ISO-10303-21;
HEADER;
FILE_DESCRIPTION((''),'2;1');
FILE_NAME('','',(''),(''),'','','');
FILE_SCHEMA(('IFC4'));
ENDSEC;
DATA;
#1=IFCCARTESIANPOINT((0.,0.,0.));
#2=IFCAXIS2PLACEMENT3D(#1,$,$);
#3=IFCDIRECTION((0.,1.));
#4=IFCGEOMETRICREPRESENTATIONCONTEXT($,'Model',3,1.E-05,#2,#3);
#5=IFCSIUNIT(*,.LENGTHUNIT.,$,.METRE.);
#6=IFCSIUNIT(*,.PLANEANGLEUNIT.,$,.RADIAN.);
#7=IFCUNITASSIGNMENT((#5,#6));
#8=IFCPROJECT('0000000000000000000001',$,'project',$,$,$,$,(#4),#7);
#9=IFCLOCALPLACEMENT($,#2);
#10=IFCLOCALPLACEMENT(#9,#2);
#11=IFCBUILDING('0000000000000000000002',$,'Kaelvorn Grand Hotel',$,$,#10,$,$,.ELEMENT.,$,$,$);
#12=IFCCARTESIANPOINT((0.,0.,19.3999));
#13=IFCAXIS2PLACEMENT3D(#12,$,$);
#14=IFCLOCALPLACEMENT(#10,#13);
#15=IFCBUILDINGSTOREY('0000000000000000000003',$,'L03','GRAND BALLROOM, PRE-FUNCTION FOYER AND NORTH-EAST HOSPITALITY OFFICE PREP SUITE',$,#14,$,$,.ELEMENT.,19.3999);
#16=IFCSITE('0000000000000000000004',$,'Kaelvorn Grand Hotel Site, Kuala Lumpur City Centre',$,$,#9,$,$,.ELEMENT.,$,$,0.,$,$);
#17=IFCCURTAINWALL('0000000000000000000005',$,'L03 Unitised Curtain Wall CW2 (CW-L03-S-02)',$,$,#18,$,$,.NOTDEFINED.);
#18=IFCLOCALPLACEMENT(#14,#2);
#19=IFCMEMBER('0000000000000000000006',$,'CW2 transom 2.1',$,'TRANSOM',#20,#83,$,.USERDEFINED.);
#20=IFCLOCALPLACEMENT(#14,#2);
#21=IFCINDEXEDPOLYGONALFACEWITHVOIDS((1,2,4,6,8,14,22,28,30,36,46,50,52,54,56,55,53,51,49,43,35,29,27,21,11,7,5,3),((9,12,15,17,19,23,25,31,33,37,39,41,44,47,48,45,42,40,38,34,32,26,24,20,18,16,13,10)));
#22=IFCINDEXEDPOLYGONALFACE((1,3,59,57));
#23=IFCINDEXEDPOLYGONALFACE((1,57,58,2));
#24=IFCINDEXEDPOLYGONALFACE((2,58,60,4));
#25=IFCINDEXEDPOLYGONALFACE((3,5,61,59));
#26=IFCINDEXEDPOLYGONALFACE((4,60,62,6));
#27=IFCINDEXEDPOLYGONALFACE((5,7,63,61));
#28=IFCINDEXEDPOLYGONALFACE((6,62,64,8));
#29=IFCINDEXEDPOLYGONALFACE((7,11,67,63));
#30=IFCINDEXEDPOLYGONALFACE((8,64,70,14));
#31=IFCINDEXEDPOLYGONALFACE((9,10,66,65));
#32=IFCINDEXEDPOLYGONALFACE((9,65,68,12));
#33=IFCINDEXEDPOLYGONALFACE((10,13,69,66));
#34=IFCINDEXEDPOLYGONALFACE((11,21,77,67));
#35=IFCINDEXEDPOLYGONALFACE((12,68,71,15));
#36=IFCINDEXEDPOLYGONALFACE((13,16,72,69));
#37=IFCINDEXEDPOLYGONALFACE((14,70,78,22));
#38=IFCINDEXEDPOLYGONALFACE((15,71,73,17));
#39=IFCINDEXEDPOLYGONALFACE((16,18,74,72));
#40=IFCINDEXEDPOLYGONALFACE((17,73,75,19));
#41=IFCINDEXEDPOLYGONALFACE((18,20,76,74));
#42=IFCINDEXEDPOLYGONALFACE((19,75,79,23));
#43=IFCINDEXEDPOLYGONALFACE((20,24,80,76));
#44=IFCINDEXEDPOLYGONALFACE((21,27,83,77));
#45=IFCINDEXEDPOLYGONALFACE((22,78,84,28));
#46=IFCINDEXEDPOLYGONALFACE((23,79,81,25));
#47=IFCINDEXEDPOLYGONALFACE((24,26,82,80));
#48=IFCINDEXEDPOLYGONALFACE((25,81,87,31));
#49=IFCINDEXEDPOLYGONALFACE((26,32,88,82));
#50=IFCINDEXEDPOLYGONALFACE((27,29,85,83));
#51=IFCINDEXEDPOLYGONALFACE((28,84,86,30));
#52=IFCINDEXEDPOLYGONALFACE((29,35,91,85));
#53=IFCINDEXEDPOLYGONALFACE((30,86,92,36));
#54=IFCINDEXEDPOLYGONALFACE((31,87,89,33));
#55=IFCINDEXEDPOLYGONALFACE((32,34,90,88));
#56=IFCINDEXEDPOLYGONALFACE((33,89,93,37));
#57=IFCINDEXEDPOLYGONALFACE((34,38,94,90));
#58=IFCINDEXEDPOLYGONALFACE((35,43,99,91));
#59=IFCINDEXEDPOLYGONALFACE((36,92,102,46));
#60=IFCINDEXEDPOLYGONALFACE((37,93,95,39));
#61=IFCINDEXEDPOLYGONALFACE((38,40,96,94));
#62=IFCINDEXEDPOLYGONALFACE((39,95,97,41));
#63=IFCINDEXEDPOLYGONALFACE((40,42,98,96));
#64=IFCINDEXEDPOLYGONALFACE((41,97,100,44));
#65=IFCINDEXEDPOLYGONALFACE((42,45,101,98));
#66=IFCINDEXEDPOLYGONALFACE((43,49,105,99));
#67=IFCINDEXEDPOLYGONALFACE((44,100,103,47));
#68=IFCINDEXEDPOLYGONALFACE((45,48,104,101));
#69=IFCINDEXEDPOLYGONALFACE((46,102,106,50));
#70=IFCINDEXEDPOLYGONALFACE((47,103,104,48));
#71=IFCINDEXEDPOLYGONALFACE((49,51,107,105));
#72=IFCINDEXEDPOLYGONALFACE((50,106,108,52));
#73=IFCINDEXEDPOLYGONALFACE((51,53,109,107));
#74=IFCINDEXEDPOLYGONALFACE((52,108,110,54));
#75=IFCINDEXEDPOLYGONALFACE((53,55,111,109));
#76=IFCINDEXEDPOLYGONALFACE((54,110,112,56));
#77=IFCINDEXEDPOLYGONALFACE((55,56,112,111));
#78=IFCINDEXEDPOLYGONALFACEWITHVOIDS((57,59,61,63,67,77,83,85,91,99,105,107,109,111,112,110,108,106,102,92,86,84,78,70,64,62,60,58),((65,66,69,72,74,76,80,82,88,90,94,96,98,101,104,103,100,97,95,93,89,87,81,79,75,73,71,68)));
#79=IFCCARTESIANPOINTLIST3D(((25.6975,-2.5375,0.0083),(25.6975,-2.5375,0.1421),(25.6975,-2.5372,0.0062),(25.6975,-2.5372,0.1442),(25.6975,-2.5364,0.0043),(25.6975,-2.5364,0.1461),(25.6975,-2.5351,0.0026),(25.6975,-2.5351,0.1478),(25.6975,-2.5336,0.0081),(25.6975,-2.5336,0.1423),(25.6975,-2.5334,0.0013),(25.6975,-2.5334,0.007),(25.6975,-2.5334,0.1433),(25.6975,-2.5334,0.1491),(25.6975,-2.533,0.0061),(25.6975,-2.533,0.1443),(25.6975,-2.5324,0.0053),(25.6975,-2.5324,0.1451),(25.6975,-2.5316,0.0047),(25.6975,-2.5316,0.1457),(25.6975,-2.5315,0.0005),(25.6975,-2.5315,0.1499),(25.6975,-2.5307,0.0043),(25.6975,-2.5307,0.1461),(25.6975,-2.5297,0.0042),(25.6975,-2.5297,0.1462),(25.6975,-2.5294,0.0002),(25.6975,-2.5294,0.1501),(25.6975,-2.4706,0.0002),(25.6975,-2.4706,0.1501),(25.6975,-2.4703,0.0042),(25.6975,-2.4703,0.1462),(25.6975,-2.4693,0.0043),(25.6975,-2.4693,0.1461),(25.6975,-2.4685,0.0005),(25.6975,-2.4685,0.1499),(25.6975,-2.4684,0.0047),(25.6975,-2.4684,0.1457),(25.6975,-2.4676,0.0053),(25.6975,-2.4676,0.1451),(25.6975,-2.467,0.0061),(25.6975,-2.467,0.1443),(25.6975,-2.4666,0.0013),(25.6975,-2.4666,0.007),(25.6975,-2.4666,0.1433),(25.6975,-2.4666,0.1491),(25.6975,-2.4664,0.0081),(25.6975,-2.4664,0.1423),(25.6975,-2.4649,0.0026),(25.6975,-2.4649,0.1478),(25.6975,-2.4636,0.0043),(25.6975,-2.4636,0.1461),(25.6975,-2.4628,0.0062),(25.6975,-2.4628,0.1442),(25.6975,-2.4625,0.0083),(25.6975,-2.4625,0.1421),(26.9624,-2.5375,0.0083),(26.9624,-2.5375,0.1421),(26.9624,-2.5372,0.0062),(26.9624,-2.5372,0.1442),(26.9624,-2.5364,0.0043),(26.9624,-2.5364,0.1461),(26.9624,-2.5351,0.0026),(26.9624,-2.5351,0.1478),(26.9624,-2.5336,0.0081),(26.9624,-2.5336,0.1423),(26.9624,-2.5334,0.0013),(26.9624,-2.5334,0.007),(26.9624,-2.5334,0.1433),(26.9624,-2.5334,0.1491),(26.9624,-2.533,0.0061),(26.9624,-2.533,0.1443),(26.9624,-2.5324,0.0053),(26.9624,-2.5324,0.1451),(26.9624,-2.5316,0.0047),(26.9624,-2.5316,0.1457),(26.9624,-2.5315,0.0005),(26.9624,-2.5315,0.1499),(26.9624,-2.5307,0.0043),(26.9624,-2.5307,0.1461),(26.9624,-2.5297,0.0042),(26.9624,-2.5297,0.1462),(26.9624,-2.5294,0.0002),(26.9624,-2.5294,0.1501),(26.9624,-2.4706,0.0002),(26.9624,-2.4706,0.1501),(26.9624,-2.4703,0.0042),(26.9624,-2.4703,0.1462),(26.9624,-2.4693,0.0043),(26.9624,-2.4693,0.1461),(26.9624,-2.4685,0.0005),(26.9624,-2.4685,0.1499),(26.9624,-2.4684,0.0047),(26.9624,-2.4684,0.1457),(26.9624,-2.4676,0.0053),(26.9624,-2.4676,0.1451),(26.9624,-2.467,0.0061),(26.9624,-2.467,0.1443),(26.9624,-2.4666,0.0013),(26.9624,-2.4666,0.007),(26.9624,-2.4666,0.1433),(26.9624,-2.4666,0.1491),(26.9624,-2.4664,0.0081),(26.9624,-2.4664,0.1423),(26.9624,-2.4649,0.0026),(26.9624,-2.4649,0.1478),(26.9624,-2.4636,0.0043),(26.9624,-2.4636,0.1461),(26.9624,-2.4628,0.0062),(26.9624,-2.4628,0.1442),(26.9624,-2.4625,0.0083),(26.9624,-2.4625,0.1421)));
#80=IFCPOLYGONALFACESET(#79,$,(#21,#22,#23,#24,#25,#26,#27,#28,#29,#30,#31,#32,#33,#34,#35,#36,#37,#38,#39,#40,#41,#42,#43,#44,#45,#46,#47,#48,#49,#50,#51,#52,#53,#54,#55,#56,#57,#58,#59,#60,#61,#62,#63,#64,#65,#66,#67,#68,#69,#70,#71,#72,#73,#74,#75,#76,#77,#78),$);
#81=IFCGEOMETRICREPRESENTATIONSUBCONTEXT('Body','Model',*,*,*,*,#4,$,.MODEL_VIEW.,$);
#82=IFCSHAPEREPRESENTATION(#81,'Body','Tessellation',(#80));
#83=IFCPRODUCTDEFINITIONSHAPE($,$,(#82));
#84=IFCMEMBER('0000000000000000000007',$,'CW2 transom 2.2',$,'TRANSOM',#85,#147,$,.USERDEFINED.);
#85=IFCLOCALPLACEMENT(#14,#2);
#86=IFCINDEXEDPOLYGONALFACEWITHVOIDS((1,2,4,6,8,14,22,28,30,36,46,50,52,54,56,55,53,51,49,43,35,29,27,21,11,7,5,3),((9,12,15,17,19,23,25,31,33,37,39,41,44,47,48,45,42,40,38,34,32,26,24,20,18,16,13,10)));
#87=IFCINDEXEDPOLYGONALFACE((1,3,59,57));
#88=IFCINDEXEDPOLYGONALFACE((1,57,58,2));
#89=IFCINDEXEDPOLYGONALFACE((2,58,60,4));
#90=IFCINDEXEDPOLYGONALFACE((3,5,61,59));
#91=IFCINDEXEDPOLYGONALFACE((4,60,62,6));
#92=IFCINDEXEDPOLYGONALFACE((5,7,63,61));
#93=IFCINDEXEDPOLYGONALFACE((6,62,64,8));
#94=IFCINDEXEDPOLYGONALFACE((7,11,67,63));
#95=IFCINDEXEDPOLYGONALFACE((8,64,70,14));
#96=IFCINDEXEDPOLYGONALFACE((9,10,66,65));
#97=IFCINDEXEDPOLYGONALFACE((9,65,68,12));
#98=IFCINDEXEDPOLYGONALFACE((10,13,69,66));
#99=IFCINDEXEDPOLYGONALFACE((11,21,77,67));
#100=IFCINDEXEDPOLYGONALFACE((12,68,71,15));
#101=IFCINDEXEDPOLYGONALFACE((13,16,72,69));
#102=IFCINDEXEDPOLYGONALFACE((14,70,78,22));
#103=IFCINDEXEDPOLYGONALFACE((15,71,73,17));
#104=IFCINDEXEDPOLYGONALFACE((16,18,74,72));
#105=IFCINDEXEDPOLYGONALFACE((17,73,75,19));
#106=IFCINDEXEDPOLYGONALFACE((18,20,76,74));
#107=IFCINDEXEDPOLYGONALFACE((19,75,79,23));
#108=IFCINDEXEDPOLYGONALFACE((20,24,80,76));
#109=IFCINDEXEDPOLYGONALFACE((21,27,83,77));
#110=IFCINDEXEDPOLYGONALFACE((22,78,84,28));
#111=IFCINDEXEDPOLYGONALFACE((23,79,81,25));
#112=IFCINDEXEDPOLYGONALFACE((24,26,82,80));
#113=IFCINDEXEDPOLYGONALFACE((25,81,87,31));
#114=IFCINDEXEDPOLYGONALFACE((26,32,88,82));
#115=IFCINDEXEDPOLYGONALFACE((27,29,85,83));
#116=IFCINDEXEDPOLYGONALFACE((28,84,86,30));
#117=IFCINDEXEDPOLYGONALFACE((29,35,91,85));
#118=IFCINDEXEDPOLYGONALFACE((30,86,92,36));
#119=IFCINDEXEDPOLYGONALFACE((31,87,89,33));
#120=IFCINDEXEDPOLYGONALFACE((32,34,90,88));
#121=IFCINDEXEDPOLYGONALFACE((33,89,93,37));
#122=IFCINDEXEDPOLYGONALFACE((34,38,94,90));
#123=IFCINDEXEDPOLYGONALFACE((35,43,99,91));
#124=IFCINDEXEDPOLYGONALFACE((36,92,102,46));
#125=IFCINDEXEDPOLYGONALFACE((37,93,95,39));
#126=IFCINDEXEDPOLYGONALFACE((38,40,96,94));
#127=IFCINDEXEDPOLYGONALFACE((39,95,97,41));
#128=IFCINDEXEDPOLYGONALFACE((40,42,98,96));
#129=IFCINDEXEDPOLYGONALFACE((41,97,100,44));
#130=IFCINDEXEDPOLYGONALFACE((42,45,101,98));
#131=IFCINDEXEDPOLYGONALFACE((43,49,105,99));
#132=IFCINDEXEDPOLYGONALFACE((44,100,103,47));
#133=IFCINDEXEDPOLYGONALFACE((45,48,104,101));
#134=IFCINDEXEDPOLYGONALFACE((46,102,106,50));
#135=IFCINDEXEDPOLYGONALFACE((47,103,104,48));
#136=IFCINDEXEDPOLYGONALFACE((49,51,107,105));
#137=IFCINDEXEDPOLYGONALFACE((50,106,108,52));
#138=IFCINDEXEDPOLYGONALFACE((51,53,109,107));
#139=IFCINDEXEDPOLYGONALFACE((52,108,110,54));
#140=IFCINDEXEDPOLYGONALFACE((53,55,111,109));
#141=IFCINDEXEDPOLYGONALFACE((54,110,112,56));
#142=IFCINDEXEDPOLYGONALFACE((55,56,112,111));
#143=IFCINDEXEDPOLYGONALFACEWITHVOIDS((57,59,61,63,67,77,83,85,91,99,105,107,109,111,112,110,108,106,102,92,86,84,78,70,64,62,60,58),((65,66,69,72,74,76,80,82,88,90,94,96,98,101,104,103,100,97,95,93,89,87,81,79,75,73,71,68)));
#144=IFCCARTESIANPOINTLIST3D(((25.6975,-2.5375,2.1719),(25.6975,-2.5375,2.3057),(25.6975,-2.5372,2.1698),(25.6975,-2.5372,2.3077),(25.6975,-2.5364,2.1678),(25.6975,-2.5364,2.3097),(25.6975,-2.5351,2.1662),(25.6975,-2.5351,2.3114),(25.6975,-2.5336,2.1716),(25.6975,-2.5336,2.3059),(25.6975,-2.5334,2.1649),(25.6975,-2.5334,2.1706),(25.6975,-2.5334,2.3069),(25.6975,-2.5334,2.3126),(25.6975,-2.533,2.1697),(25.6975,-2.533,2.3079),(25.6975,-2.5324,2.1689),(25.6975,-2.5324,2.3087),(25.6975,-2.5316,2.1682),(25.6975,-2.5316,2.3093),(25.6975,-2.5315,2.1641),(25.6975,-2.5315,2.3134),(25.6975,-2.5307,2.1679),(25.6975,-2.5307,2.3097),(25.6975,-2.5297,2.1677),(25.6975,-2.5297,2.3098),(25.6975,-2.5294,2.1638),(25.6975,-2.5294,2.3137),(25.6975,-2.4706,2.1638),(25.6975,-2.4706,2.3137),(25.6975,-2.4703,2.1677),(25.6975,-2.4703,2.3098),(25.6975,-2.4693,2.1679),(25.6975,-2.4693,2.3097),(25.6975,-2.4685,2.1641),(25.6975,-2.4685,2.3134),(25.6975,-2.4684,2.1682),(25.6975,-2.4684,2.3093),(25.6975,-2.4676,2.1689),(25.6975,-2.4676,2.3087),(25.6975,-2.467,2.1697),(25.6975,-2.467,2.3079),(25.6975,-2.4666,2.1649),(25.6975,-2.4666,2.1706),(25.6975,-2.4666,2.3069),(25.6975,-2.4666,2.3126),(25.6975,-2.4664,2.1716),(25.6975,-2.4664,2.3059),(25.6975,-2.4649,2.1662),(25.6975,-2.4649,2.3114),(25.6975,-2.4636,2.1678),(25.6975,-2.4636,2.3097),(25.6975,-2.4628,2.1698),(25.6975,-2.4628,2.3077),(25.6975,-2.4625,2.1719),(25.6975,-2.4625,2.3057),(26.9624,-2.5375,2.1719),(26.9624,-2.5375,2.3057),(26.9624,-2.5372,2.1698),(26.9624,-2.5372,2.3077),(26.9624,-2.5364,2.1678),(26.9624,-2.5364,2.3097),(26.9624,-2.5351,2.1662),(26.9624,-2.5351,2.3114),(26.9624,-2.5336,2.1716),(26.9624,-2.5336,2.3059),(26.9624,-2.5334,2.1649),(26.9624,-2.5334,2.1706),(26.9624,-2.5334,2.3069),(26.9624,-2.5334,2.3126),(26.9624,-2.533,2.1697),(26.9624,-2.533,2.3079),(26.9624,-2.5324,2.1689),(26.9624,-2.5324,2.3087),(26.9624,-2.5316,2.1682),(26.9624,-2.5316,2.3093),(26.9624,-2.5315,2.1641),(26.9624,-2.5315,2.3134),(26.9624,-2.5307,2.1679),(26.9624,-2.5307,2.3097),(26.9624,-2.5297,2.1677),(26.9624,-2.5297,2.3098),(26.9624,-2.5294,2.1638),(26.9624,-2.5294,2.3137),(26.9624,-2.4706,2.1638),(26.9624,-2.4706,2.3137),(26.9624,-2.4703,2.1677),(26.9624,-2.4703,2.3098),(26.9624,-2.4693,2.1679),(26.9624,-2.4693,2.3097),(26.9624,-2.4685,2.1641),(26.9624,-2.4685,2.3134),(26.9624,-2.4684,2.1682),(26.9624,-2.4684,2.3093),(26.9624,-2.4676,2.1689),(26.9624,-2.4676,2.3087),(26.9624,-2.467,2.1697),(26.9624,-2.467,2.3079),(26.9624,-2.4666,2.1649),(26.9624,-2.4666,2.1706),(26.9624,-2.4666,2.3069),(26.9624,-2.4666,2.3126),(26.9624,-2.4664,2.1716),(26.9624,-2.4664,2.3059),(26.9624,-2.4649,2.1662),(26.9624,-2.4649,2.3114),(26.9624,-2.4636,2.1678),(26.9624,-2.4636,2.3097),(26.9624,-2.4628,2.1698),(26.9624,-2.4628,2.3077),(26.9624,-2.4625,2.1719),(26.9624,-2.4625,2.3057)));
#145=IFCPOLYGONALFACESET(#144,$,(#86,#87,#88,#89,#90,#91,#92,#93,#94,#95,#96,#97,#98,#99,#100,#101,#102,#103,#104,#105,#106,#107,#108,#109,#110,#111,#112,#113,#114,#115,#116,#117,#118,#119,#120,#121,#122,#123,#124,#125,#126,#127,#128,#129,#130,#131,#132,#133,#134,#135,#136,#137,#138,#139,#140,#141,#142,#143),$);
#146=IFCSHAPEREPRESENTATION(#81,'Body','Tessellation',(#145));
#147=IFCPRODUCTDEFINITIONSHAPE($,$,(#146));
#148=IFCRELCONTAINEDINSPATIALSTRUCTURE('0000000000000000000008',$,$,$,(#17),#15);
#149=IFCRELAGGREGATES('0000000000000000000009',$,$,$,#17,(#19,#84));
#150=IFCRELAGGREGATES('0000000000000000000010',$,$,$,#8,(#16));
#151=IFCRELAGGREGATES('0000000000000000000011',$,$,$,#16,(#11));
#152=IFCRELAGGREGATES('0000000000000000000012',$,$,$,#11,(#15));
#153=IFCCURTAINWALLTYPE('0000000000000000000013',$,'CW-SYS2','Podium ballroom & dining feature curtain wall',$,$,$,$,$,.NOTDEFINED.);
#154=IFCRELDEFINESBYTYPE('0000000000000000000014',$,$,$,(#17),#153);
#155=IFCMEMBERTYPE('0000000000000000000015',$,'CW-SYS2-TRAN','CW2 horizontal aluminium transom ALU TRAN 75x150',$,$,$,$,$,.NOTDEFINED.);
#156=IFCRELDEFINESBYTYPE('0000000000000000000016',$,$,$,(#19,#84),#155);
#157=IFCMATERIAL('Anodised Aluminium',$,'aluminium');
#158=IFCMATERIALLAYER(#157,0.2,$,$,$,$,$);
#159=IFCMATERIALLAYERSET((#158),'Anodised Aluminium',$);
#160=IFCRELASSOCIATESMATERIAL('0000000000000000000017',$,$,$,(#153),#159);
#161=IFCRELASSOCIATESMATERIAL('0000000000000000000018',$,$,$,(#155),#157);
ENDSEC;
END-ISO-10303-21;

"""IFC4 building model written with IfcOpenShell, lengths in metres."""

from ifc_helpers import new_model, si_unit, direction, frame, origin, origin_2d, place, context, subcontext, project, spatial, hollow_rectangle, extrude, material, layer, layer_set, material_profile, profile_set, type_object, element, aggregate, save


model = new_model("IFC4")

# Units and contexts
model_context = context("Model", 3, precision=1e-05, world=origin(), true_north=direction((0.0, 1.0)))
body_context = subcontext(model_context, "Body", "Model", "MODEL_VIEW")
ifc_project = project(units=[si_unit("LENGTHUNIT", "METRE"), si_unit("PLANEANGLEUNIT", "RADIAN")], contexts=[model_context])

# Site, building, storey
site_placement = place(None, origin())
site = spatial("IfcSite", under=ifc_project, at=site_placement, Name="Kaelvorn Grand Hotel Site, Kuala Lumpur City Centre", CompositionType="ELEMENT", RefElevation=0.0)
building_placement = place(site_placement, origin())
building = spatial("IfcBuilding", under=site, at=building_placement, Name="Kaelvorn Grand Hotel", CompositionType="ELEMENT")
storey_placement = place(building_placement, frame((0.0, 0.0, 19.3999)))
storey = spatial("IfcBuildingStorey", under=building, at=storey_placement, Name="L03", Description="GRAND BALLROOM, PRE-FUNCTION FOYER AND NORTH-EAST HOSPITALITY OFFICE PREP SUITE", CompositionType="ELEMENT", Elevation=19.3999)

# Curtain wall
ifc_material_1 = material(Name="Anodised Aluminium", Category="aluminium")
ifc_layer_1 = layer(ifc_material_1, 0.2)
ifc_layer_set_1 = layer_set([ifc_layer_1], Name="Anodised Aluminium")
curtain_wall_type = type_object("IfcCurtainWallType", Name="CW-SYS2", Description="Podium ballroom & dining feature curtain wall", PredefinedType="NOTDEFINED", material=ifc_layer_set_1)
curtain_wall_1_placement = place(storey_placement, origin())
curtain_wall_1 = element("IfcCurtainWall", 1, at=curtain_wall_1_placement, inside=storey, type_object=curtain_wall_type, Name="L03 Unitised Curtain Wall CW2 (CW-L03-S-02)", PredefinedType="NOTDEFINED")

# Members
ifc_material_profile_1 = material_profile(ifc_material_1, hollow_rectangle(XDim=0.075, YDim=0.1499, WallThickness=0.0039, InnerFilletRadius=0.0039, OuterFilletRadius=0.0081, at=origin_2d()), Name="ALU TRAN 75x150")
ifc_profile_set_1 = profile_set([ifc_material_profile_1], Name="Anodised Aluminium")
member_type_1 = type_object("IfcMemberType", Name="CW-SYS2-TRAN", Description="CW2 horizontal aluminium transom ALU TRAN 75x150", PredefinedType="NOTDEFINED", material=ifc_profile_set_1)
member_1_placement = place(storey_placement, frame((25.6975, -2.5, 0.0752), z_axis=(1.0, 0.0, 0.0), x_axis=(0.0, 1.0, 0.0)))
member_1 = element("IfcMember", 2, at=member_1_placement, type_object=member_type_1, Name="CW2 transom 2.1", ObjectType="TRANSOM", PredefinedType="USERDEFINED", context=body_context, shape_type="SweptSolid", body=[
    extrude(hollow_rectangle(XDim=0.075, YDim=0.1499, WallThickness=0.0039, InnerFilletRadius=0.0039, OuterFilletRadius=0.0081, at=origin_2d()), origin(), (0.0, 0.0, 1.0), 1.2649),
])
member_2_placement = place(storey_placement, frame((25.6975, -2.5, 2.2388), z_axis=(1.0, 0.0, 0.0), x_axis=(0.0, 1.0, 0.0)))
member_2 = element("IfcMember", 3, at=member_2_placement, type_object=member_type_1, Name="CW2 transom 2.2", ObjectType="TRANSOM", PredefinedType="USERDEFINED", context=body_context, shape_type="SweptSolid", body=[
    extrude(hollow_rectangle(XDim=0.075, YDim=0.1499, WallThickness=0.0039, InnerFilletRadius=0.0039, OuterFilletRadius=0.0081, at=origin_2d()), origin(), (0.0, 0.0, 1.0), 1.2649),
])

aggregate(curtain_wall_1, [member_1, member_2])

save(model, "model.ifc")
